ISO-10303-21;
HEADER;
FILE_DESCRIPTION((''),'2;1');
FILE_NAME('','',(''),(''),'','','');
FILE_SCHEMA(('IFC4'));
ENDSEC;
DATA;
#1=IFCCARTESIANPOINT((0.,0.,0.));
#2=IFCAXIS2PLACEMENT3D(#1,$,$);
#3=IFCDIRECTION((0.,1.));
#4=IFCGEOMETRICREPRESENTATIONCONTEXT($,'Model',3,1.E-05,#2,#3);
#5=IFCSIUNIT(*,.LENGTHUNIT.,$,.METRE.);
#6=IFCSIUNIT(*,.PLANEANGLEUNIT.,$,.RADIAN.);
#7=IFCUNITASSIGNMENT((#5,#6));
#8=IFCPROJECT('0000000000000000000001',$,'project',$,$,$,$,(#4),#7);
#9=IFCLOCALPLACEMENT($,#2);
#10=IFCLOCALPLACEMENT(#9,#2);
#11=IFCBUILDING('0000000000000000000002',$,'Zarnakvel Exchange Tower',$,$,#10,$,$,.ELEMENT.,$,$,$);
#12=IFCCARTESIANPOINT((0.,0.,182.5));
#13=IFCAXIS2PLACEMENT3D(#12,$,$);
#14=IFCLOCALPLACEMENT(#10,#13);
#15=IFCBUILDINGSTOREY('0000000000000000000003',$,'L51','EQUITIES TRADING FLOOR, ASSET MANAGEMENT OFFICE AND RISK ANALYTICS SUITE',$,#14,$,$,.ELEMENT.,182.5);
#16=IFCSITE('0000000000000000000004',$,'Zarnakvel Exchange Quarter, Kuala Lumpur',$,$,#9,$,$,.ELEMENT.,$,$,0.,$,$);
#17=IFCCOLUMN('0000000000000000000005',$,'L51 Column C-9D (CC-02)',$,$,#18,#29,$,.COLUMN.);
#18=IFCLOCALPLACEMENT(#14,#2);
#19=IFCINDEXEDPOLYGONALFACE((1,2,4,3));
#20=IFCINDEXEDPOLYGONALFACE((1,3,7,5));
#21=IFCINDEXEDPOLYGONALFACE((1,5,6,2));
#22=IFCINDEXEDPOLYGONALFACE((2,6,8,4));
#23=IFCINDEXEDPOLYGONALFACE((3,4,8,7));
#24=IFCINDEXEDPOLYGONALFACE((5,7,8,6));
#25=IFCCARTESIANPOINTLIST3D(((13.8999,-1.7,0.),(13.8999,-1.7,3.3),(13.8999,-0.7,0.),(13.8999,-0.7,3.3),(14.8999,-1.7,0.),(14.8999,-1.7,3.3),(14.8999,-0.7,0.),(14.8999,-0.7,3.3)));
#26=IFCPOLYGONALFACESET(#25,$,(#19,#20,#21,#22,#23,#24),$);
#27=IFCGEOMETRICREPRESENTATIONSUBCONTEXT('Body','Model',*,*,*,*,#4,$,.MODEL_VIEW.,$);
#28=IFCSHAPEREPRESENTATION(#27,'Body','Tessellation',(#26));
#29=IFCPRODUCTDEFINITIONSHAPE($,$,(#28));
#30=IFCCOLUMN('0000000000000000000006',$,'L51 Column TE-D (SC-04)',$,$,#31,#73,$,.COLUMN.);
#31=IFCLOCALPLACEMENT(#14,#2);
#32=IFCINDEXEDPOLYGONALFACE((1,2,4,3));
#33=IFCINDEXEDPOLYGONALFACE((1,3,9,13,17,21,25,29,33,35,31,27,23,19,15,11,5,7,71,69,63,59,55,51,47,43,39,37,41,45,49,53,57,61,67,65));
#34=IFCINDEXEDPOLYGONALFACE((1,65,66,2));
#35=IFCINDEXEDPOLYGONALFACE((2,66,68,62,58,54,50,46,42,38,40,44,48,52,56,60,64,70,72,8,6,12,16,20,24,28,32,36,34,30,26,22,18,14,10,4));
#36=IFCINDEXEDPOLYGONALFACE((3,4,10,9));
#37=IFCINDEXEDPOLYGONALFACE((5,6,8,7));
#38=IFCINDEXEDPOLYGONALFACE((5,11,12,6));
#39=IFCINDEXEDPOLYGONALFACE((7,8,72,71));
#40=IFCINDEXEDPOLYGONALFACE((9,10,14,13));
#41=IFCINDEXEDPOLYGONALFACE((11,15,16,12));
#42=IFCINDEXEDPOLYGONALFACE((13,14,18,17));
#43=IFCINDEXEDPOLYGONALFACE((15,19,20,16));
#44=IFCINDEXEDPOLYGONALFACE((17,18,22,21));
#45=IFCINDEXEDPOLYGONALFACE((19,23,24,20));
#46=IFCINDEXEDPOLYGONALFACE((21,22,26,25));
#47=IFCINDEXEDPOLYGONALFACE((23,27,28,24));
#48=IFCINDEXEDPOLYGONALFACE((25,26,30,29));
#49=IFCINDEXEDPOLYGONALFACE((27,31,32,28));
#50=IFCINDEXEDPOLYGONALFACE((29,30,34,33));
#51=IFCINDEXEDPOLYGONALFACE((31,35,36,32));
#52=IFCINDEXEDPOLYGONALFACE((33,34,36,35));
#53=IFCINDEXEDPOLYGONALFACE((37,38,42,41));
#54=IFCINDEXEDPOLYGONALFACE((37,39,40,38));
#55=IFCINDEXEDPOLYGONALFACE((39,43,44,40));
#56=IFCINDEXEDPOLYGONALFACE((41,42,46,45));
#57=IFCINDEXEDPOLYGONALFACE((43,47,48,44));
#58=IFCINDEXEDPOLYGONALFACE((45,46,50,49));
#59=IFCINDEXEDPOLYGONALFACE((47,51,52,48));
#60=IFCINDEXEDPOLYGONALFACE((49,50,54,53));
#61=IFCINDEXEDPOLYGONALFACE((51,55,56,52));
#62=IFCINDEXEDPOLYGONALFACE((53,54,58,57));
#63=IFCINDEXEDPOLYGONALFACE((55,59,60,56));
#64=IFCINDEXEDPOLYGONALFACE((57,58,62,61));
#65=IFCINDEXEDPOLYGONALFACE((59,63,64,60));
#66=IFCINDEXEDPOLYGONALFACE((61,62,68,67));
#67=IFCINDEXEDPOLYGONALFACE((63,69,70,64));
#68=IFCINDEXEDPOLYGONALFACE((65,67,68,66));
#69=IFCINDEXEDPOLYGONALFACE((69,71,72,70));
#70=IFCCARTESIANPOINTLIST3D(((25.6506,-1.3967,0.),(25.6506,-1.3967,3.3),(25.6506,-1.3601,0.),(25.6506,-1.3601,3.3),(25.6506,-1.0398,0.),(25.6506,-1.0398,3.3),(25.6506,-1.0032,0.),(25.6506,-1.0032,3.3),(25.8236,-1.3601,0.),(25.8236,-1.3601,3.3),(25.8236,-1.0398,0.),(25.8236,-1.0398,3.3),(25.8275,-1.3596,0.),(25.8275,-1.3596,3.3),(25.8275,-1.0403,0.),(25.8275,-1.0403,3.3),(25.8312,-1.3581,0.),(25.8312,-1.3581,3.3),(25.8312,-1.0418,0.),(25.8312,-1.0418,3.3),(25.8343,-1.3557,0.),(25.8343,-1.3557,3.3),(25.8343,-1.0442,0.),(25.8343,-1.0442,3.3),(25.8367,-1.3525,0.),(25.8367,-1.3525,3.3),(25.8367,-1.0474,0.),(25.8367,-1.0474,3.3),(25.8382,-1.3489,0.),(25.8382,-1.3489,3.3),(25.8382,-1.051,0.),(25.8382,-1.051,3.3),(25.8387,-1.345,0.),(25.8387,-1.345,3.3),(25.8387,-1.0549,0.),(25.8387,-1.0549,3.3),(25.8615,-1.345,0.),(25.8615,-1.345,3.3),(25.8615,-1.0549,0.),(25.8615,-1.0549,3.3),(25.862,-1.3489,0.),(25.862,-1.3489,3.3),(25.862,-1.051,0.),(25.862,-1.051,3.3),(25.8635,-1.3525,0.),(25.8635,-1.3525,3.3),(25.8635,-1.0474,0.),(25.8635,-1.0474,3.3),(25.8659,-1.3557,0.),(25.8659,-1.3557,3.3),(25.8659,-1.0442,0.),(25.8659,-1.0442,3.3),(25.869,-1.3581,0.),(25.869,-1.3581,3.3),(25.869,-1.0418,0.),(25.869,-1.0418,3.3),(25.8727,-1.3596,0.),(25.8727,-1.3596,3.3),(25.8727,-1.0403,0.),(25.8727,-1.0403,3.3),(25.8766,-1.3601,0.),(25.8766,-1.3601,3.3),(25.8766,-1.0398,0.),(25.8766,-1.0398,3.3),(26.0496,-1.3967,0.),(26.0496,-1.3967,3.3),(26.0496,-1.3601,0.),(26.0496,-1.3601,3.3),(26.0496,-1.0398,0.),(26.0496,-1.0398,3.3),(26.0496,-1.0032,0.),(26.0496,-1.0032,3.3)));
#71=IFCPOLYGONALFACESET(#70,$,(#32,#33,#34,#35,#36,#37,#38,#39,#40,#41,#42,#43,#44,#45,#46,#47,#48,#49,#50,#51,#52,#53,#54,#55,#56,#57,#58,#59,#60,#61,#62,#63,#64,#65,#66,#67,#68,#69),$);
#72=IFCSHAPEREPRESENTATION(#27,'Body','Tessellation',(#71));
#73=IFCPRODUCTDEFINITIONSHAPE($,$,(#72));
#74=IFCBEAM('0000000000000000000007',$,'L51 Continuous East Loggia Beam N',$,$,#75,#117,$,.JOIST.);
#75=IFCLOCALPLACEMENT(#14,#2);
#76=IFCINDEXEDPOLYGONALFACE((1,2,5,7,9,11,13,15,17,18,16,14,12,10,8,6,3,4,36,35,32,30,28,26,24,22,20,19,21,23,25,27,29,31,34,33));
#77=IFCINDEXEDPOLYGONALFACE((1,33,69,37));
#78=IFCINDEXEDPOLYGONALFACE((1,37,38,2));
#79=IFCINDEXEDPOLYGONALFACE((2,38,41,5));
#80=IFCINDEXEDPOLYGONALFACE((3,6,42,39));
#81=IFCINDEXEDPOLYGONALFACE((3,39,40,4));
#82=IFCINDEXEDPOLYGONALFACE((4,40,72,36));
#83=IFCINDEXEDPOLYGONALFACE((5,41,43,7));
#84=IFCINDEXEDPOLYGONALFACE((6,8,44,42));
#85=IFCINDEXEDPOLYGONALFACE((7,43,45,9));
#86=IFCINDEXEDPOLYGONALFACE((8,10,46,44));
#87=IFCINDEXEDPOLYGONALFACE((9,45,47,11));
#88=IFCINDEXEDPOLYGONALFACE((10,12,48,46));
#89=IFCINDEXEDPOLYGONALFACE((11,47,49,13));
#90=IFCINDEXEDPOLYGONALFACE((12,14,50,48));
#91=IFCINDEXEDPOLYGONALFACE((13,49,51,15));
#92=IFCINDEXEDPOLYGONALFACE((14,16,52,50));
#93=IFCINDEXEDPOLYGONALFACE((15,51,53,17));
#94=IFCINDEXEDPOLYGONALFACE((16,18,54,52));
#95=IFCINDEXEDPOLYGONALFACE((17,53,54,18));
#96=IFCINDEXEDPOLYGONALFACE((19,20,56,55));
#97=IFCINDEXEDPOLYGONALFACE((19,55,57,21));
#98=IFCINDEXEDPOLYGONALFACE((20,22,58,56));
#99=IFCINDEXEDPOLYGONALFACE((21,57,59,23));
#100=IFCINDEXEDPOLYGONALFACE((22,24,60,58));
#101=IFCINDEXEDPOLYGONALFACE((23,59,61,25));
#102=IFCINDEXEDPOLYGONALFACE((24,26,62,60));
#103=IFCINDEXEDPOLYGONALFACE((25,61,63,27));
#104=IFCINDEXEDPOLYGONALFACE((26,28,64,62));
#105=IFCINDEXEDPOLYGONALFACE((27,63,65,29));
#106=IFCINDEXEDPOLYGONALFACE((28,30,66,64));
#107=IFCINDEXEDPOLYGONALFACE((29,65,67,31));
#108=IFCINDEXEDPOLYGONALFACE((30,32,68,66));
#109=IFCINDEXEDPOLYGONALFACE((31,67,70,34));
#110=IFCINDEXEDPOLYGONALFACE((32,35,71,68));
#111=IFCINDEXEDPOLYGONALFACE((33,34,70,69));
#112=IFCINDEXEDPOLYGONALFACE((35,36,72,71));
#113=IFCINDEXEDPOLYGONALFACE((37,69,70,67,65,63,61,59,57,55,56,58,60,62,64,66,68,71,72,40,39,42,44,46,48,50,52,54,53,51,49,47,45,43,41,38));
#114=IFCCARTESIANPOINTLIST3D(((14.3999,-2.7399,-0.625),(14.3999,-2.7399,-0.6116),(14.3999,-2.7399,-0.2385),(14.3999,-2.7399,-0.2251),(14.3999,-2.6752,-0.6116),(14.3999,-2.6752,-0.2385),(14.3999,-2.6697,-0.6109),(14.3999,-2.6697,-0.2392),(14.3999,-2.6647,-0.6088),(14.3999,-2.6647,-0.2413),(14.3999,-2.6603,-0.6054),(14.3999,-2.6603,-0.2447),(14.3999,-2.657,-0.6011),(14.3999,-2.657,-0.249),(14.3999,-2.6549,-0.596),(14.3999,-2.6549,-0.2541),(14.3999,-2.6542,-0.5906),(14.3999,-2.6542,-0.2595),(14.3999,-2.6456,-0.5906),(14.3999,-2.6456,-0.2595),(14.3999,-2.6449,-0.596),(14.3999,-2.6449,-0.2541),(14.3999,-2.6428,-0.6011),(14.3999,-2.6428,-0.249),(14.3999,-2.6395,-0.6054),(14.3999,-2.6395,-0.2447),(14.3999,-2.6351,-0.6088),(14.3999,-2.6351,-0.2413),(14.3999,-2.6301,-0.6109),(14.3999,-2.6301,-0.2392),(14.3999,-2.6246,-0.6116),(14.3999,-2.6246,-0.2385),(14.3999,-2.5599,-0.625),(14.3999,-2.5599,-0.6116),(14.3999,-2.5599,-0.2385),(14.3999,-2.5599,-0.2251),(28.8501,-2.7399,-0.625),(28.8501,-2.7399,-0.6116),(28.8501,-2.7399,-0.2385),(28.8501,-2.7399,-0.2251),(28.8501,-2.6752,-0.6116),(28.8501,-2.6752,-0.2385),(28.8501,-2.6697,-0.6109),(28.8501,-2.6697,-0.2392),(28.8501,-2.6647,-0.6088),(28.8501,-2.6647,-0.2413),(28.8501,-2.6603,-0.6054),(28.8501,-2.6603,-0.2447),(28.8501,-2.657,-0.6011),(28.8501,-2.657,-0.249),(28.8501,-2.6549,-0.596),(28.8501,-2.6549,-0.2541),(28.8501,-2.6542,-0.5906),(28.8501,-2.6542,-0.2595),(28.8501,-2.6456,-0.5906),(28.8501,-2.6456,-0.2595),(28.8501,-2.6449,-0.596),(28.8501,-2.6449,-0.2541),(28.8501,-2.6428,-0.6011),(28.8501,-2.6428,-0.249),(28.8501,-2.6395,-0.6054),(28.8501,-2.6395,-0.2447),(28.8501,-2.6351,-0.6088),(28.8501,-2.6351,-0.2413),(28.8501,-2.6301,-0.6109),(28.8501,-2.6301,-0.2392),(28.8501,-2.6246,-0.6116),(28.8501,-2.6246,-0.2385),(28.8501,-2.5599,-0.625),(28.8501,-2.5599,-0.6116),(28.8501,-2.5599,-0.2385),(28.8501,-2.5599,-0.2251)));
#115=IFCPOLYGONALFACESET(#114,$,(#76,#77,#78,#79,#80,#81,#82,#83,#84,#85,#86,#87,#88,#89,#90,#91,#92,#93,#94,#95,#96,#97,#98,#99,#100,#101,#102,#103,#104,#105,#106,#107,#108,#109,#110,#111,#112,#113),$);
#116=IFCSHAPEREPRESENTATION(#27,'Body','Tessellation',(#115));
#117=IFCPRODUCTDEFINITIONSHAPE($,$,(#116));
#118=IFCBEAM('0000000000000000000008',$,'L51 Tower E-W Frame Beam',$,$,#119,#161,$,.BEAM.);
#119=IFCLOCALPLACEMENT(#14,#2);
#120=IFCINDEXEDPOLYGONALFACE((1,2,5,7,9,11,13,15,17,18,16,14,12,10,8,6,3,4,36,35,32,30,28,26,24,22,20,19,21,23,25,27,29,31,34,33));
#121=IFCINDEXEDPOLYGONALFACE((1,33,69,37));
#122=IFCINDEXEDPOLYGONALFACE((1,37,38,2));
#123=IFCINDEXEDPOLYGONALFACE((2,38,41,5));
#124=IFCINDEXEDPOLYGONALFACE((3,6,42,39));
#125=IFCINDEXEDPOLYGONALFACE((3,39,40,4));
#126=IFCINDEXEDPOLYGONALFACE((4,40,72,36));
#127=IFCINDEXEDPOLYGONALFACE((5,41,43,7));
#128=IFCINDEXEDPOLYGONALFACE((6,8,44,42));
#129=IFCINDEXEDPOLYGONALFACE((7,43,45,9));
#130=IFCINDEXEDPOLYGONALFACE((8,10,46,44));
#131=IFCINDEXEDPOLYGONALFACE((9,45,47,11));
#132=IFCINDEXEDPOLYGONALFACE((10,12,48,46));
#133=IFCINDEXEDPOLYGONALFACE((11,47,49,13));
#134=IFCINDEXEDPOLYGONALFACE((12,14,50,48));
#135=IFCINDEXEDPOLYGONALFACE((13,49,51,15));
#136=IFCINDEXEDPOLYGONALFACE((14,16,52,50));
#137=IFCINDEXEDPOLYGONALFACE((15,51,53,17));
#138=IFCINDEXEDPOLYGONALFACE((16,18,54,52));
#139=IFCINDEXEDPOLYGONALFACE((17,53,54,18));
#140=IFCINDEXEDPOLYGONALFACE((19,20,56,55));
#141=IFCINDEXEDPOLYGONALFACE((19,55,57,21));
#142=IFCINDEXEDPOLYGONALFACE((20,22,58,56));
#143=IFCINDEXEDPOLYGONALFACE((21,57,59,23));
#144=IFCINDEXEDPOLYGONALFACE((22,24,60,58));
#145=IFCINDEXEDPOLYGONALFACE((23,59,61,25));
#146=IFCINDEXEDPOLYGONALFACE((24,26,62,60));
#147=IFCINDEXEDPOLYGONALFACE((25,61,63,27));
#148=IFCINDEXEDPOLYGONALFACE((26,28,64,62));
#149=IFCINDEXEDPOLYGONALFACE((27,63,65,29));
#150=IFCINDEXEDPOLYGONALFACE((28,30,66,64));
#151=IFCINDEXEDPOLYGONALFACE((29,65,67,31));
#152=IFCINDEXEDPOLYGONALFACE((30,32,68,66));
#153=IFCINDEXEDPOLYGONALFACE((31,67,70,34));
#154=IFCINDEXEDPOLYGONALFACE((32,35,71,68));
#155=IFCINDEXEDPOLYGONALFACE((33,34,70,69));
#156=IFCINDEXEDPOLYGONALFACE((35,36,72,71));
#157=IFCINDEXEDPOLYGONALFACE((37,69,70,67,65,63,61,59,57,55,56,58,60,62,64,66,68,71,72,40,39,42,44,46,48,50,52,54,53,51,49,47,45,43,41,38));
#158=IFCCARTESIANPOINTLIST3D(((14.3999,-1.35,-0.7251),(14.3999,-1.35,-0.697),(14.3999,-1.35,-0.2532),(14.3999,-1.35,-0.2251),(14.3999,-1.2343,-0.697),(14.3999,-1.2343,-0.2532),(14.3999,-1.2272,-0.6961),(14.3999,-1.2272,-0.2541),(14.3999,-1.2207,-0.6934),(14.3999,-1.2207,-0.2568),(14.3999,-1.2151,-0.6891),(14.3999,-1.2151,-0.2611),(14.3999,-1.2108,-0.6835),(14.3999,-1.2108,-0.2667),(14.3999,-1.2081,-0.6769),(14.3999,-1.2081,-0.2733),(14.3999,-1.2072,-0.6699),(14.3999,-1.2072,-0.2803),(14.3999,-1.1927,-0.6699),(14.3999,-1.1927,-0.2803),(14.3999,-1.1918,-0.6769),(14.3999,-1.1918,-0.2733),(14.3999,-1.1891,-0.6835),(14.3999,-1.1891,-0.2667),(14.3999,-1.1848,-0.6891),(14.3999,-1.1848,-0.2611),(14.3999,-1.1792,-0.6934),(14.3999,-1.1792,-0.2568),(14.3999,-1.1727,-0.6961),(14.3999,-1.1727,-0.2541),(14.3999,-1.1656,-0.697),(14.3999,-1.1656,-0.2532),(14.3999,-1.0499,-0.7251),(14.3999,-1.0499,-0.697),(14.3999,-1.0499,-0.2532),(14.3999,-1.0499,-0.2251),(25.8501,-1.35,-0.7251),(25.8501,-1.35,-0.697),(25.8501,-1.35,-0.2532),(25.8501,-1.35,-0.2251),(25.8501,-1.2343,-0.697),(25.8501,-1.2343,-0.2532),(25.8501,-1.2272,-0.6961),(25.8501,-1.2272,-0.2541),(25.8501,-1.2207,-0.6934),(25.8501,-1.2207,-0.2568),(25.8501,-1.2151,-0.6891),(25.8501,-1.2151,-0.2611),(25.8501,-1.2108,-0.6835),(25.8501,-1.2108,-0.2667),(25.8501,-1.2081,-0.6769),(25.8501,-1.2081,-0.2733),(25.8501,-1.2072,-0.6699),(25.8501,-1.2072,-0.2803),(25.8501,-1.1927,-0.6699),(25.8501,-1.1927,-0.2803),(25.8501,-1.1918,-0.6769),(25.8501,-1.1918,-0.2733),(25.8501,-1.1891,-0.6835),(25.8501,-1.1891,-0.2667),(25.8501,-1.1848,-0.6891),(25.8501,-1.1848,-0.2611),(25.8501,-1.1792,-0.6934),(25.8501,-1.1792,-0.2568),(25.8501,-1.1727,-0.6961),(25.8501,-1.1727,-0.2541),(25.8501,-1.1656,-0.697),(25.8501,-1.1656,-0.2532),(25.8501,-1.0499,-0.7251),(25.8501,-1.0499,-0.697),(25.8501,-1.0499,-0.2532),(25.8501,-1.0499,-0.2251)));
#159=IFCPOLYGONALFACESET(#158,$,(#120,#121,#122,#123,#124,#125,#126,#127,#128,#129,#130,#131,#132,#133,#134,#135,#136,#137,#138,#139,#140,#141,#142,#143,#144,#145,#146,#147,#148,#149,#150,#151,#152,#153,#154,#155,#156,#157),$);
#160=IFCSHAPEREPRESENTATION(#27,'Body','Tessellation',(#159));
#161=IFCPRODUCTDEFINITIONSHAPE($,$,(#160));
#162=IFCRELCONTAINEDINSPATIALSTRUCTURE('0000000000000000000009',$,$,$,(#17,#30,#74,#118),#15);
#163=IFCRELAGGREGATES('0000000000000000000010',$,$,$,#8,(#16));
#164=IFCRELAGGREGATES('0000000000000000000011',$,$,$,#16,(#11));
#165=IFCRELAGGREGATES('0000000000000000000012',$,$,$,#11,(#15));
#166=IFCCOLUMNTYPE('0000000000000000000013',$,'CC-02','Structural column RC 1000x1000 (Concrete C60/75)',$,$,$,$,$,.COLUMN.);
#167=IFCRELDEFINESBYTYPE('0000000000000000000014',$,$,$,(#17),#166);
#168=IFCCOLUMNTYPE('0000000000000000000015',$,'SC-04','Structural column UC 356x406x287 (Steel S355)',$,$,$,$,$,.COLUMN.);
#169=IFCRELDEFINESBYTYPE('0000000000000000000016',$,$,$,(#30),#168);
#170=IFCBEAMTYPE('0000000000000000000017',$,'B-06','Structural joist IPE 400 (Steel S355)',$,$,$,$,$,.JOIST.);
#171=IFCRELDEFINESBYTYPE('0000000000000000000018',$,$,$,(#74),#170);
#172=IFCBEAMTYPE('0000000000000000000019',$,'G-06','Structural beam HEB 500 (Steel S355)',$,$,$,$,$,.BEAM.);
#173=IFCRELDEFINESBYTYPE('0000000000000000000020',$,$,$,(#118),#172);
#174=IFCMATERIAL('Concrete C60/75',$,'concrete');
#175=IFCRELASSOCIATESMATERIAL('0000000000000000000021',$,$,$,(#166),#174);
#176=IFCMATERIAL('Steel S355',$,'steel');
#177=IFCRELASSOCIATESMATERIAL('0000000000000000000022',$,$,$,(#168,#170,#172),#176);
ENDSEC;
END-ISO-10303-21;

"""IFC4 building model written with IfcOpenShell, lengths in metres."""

from ifc_helpers import new_model, si_unit, direction, frame, origin, origin_2d, place, context, subcontext, project, spatial, rectangle, i_section, extrude, material, material_profile, profile_set, type_object, element, save


model = new_model("IFC4")

# Units and contexts
model_context = context("Model", 3, precision=1e-05, world=origin(), true_north=direction((0.0, 1.0)))
body_context = subcontext(model_context, "Body", "Model", "MODEL_VIEW")
ifc_project = project(units=[si_unit("LENGTHUNIT", "METRE"), si_unit("PLANEANGLEUNIT", "RADIAN")], contexts=[model_context])

# Site, building, storey
site_placement = place(None, origin())
site = spatial("IfcSite", under=ifc_project, at=site_placement, Name="Zarnakvel Exchange Quarter, Kuala Lumpur", CompositionType="ELEMENT", RefElevation=0.0)
building_placement = place(site_placement, origin())
building = spatial("IfcBuilding", under=site, at=building_placement, Name="Zarnakvel Exchange Tower", CompositionType="ELEMENT")
storey_placement = place(building_placement, frame((0.0, 0.0, 182.5)))
storey = spatial("IfcBuildingStorey", under=building, at=storey_placement, Name="L51", Description="EQUITIES TRADING FLOOR, ASSET MANAGEMENT OFFICE AND RISK ANALYTICS SUITE", CompositionType="ELEMENT", Elevation=182.5)

# Columns
ifc_material_1 = material(Name="Concrete C60/75", Category="concrete")
ifc_material_profile_1 = material_profile(ifc_material_1, rectangle(XDim=1.0, YDim=1.0, at=origin_2d()))
ifc_profile_set_1 = profile_set([ifc_material_profile_1], Name="Concrete C60/75")
column_type_1 = type_object("IfcColumnType", Name="CC-02", Description="Structural column RC 1000x1000 (Concrete C60/75)", PredefinedType="COLUMN", material=ifc_profile_set_1)
column_1_placement = place(storey_placement, frame((14.3999, -1.2, 0.0), z_axis=(0.0, 0.0, 1.0), x_axis=(1.0, 0.0, 0.0)))
element("IfcColumn", 1, at=column_1_placement, inside=storey, type_object=column_type_1, Name="L51 Column C-9D (CC-02)", PredefinedType="COLUMN", context=body_context, shape_type="SweptSolid", body=[
    extrude(rectangle(XDim=1.0, YDim=1.0, at=origin_2d()), origin(), (0.0, 0.0, 1.0), 3.3),
])
ifc_material_2 = material(Name="Steel S355", Category="steel")
ifc_material_profile_2 = material_profile(ifc_material_2, i_section(OverallWidth=0.3989, OverallDepth=0.3936, WebThickness=0.0227, FlangeThickness=0.0366, FilletRadius=0.0151, at=origin_2d()))
ifc_profile_set_2 = profile_set([ifc_material_profile_2], Name="Steel S355")
column_type_2 = type_object("IfcColumnType", Name="SC-04", Description="Structural column UC 356x406x287 (Steel S355)", PredefinedType="COLUMN", material=ifc_profile_set_2)
column_2_placement = place(storey_placement, frame((25.8501, -1.2, 0.0), z_axis=(0.0, 0.0, 1.0), x_axis=(1.0, 0.0, 0.0)))
element("IfcColumn", 2, at=column_2_placement, inside=storey, type_object=column_type_2, Name="L51 Column TE-D (SC-04)", PredefinedType="COLUMN", context=body_context, shape_type="SweptSolid", body=[
    extrude(i_section(OverallWidth=0.3989, OverallDepth=0.3936, WebThickness=0.0227, FlangeThickness=0.0366, FilletRadius=0.0151, at=origin_2d()), origin(), (0.0, 0.0, 1.0), 3.3),
])

# Beams
ifc_material_profile_3 = material_profile(ifc_material_2, i_section(OverallWidth=0.1799, OverallDepth=0.3999, WebThickness=0.0085, FlangeThickness=0.0134, FilletRadius=0.021, at=origin_2d()))
ifc_profile_set_3 = profile_set([ifc_material_profile_3], Name="Steel S355")
beam_type_1 = type_object("IfcBeamType", Name="B-06", Description="Structural joist IPE 400 (Steel S355)", PredefinedType="JOIST", material=ifc_profile_set_3)
beam_1_placement = place(storey_placement, frame((14.3999, -2.6499, -0.425), z_axis=(1.0, 0.0, 0.0), x_axis=(0.0, 1.0, 0.0)))
element("IfcBeam", 3, at=beam_1_placement, inside=storey, type_object=beam_type_1, Name="L51 Continuous East Loggia Beam N", PredefinedType="JOIST", context=body_context, shape_type="SweptSolid", body=[
    extrude(i_section(OverallWidth=0.1799, OverallDepth=0.3999, WebThickness=0.0085, FlangeThickness=0.0134, FilletRadius=0.021, at=origin_2d()), origin(), (0.0, 0.0, 1.0), 14.4502),
])
ifc_material_profile_4 = material_profile(ifc_material_2, i_section(OverallWidth=0.3, OverallDepth=0.5, WebThickness=0.0144, FlangeThickness=0.0281, FilletRadius=0.0271, at=origin_2d()))
ifc_profile_set_4 = profile_set([ifc_material_profile_4], Name="Steel S355")
beam_type_2 = type_object("IfcBeamType", Name="G-06", Description="Structural beam HEB 500 (Steel S355)", PredefinedType="BEAM", material=ifc_profile_set_4)
beam_2_placement = place(storey_placement, frame((14.3999, -1.2, -0.4751), z_axis=(1.0, 0.0, 0.0), x_axis=(0.0, 1.0, 0.0)))
element("IfcBeam", 4, at=beam_2_placement, inside=storey, type_object=beam_type_2, Name="L51 Tower E-W Frame Beam", PredefinedType="BEAM", context=body_context, shape_type="SweptSolid", body=[
    extrude(i_section(OverallWidth=0.3, OverallDepth=0.5, WebThickness=0.0144, FlangeThickness=0.0281, FilletRadius=0.0271, at=origin_2d()), origin(), (0.0, 0.0, 1.0), 11.4502),
])

save(model, "model.ifc")
